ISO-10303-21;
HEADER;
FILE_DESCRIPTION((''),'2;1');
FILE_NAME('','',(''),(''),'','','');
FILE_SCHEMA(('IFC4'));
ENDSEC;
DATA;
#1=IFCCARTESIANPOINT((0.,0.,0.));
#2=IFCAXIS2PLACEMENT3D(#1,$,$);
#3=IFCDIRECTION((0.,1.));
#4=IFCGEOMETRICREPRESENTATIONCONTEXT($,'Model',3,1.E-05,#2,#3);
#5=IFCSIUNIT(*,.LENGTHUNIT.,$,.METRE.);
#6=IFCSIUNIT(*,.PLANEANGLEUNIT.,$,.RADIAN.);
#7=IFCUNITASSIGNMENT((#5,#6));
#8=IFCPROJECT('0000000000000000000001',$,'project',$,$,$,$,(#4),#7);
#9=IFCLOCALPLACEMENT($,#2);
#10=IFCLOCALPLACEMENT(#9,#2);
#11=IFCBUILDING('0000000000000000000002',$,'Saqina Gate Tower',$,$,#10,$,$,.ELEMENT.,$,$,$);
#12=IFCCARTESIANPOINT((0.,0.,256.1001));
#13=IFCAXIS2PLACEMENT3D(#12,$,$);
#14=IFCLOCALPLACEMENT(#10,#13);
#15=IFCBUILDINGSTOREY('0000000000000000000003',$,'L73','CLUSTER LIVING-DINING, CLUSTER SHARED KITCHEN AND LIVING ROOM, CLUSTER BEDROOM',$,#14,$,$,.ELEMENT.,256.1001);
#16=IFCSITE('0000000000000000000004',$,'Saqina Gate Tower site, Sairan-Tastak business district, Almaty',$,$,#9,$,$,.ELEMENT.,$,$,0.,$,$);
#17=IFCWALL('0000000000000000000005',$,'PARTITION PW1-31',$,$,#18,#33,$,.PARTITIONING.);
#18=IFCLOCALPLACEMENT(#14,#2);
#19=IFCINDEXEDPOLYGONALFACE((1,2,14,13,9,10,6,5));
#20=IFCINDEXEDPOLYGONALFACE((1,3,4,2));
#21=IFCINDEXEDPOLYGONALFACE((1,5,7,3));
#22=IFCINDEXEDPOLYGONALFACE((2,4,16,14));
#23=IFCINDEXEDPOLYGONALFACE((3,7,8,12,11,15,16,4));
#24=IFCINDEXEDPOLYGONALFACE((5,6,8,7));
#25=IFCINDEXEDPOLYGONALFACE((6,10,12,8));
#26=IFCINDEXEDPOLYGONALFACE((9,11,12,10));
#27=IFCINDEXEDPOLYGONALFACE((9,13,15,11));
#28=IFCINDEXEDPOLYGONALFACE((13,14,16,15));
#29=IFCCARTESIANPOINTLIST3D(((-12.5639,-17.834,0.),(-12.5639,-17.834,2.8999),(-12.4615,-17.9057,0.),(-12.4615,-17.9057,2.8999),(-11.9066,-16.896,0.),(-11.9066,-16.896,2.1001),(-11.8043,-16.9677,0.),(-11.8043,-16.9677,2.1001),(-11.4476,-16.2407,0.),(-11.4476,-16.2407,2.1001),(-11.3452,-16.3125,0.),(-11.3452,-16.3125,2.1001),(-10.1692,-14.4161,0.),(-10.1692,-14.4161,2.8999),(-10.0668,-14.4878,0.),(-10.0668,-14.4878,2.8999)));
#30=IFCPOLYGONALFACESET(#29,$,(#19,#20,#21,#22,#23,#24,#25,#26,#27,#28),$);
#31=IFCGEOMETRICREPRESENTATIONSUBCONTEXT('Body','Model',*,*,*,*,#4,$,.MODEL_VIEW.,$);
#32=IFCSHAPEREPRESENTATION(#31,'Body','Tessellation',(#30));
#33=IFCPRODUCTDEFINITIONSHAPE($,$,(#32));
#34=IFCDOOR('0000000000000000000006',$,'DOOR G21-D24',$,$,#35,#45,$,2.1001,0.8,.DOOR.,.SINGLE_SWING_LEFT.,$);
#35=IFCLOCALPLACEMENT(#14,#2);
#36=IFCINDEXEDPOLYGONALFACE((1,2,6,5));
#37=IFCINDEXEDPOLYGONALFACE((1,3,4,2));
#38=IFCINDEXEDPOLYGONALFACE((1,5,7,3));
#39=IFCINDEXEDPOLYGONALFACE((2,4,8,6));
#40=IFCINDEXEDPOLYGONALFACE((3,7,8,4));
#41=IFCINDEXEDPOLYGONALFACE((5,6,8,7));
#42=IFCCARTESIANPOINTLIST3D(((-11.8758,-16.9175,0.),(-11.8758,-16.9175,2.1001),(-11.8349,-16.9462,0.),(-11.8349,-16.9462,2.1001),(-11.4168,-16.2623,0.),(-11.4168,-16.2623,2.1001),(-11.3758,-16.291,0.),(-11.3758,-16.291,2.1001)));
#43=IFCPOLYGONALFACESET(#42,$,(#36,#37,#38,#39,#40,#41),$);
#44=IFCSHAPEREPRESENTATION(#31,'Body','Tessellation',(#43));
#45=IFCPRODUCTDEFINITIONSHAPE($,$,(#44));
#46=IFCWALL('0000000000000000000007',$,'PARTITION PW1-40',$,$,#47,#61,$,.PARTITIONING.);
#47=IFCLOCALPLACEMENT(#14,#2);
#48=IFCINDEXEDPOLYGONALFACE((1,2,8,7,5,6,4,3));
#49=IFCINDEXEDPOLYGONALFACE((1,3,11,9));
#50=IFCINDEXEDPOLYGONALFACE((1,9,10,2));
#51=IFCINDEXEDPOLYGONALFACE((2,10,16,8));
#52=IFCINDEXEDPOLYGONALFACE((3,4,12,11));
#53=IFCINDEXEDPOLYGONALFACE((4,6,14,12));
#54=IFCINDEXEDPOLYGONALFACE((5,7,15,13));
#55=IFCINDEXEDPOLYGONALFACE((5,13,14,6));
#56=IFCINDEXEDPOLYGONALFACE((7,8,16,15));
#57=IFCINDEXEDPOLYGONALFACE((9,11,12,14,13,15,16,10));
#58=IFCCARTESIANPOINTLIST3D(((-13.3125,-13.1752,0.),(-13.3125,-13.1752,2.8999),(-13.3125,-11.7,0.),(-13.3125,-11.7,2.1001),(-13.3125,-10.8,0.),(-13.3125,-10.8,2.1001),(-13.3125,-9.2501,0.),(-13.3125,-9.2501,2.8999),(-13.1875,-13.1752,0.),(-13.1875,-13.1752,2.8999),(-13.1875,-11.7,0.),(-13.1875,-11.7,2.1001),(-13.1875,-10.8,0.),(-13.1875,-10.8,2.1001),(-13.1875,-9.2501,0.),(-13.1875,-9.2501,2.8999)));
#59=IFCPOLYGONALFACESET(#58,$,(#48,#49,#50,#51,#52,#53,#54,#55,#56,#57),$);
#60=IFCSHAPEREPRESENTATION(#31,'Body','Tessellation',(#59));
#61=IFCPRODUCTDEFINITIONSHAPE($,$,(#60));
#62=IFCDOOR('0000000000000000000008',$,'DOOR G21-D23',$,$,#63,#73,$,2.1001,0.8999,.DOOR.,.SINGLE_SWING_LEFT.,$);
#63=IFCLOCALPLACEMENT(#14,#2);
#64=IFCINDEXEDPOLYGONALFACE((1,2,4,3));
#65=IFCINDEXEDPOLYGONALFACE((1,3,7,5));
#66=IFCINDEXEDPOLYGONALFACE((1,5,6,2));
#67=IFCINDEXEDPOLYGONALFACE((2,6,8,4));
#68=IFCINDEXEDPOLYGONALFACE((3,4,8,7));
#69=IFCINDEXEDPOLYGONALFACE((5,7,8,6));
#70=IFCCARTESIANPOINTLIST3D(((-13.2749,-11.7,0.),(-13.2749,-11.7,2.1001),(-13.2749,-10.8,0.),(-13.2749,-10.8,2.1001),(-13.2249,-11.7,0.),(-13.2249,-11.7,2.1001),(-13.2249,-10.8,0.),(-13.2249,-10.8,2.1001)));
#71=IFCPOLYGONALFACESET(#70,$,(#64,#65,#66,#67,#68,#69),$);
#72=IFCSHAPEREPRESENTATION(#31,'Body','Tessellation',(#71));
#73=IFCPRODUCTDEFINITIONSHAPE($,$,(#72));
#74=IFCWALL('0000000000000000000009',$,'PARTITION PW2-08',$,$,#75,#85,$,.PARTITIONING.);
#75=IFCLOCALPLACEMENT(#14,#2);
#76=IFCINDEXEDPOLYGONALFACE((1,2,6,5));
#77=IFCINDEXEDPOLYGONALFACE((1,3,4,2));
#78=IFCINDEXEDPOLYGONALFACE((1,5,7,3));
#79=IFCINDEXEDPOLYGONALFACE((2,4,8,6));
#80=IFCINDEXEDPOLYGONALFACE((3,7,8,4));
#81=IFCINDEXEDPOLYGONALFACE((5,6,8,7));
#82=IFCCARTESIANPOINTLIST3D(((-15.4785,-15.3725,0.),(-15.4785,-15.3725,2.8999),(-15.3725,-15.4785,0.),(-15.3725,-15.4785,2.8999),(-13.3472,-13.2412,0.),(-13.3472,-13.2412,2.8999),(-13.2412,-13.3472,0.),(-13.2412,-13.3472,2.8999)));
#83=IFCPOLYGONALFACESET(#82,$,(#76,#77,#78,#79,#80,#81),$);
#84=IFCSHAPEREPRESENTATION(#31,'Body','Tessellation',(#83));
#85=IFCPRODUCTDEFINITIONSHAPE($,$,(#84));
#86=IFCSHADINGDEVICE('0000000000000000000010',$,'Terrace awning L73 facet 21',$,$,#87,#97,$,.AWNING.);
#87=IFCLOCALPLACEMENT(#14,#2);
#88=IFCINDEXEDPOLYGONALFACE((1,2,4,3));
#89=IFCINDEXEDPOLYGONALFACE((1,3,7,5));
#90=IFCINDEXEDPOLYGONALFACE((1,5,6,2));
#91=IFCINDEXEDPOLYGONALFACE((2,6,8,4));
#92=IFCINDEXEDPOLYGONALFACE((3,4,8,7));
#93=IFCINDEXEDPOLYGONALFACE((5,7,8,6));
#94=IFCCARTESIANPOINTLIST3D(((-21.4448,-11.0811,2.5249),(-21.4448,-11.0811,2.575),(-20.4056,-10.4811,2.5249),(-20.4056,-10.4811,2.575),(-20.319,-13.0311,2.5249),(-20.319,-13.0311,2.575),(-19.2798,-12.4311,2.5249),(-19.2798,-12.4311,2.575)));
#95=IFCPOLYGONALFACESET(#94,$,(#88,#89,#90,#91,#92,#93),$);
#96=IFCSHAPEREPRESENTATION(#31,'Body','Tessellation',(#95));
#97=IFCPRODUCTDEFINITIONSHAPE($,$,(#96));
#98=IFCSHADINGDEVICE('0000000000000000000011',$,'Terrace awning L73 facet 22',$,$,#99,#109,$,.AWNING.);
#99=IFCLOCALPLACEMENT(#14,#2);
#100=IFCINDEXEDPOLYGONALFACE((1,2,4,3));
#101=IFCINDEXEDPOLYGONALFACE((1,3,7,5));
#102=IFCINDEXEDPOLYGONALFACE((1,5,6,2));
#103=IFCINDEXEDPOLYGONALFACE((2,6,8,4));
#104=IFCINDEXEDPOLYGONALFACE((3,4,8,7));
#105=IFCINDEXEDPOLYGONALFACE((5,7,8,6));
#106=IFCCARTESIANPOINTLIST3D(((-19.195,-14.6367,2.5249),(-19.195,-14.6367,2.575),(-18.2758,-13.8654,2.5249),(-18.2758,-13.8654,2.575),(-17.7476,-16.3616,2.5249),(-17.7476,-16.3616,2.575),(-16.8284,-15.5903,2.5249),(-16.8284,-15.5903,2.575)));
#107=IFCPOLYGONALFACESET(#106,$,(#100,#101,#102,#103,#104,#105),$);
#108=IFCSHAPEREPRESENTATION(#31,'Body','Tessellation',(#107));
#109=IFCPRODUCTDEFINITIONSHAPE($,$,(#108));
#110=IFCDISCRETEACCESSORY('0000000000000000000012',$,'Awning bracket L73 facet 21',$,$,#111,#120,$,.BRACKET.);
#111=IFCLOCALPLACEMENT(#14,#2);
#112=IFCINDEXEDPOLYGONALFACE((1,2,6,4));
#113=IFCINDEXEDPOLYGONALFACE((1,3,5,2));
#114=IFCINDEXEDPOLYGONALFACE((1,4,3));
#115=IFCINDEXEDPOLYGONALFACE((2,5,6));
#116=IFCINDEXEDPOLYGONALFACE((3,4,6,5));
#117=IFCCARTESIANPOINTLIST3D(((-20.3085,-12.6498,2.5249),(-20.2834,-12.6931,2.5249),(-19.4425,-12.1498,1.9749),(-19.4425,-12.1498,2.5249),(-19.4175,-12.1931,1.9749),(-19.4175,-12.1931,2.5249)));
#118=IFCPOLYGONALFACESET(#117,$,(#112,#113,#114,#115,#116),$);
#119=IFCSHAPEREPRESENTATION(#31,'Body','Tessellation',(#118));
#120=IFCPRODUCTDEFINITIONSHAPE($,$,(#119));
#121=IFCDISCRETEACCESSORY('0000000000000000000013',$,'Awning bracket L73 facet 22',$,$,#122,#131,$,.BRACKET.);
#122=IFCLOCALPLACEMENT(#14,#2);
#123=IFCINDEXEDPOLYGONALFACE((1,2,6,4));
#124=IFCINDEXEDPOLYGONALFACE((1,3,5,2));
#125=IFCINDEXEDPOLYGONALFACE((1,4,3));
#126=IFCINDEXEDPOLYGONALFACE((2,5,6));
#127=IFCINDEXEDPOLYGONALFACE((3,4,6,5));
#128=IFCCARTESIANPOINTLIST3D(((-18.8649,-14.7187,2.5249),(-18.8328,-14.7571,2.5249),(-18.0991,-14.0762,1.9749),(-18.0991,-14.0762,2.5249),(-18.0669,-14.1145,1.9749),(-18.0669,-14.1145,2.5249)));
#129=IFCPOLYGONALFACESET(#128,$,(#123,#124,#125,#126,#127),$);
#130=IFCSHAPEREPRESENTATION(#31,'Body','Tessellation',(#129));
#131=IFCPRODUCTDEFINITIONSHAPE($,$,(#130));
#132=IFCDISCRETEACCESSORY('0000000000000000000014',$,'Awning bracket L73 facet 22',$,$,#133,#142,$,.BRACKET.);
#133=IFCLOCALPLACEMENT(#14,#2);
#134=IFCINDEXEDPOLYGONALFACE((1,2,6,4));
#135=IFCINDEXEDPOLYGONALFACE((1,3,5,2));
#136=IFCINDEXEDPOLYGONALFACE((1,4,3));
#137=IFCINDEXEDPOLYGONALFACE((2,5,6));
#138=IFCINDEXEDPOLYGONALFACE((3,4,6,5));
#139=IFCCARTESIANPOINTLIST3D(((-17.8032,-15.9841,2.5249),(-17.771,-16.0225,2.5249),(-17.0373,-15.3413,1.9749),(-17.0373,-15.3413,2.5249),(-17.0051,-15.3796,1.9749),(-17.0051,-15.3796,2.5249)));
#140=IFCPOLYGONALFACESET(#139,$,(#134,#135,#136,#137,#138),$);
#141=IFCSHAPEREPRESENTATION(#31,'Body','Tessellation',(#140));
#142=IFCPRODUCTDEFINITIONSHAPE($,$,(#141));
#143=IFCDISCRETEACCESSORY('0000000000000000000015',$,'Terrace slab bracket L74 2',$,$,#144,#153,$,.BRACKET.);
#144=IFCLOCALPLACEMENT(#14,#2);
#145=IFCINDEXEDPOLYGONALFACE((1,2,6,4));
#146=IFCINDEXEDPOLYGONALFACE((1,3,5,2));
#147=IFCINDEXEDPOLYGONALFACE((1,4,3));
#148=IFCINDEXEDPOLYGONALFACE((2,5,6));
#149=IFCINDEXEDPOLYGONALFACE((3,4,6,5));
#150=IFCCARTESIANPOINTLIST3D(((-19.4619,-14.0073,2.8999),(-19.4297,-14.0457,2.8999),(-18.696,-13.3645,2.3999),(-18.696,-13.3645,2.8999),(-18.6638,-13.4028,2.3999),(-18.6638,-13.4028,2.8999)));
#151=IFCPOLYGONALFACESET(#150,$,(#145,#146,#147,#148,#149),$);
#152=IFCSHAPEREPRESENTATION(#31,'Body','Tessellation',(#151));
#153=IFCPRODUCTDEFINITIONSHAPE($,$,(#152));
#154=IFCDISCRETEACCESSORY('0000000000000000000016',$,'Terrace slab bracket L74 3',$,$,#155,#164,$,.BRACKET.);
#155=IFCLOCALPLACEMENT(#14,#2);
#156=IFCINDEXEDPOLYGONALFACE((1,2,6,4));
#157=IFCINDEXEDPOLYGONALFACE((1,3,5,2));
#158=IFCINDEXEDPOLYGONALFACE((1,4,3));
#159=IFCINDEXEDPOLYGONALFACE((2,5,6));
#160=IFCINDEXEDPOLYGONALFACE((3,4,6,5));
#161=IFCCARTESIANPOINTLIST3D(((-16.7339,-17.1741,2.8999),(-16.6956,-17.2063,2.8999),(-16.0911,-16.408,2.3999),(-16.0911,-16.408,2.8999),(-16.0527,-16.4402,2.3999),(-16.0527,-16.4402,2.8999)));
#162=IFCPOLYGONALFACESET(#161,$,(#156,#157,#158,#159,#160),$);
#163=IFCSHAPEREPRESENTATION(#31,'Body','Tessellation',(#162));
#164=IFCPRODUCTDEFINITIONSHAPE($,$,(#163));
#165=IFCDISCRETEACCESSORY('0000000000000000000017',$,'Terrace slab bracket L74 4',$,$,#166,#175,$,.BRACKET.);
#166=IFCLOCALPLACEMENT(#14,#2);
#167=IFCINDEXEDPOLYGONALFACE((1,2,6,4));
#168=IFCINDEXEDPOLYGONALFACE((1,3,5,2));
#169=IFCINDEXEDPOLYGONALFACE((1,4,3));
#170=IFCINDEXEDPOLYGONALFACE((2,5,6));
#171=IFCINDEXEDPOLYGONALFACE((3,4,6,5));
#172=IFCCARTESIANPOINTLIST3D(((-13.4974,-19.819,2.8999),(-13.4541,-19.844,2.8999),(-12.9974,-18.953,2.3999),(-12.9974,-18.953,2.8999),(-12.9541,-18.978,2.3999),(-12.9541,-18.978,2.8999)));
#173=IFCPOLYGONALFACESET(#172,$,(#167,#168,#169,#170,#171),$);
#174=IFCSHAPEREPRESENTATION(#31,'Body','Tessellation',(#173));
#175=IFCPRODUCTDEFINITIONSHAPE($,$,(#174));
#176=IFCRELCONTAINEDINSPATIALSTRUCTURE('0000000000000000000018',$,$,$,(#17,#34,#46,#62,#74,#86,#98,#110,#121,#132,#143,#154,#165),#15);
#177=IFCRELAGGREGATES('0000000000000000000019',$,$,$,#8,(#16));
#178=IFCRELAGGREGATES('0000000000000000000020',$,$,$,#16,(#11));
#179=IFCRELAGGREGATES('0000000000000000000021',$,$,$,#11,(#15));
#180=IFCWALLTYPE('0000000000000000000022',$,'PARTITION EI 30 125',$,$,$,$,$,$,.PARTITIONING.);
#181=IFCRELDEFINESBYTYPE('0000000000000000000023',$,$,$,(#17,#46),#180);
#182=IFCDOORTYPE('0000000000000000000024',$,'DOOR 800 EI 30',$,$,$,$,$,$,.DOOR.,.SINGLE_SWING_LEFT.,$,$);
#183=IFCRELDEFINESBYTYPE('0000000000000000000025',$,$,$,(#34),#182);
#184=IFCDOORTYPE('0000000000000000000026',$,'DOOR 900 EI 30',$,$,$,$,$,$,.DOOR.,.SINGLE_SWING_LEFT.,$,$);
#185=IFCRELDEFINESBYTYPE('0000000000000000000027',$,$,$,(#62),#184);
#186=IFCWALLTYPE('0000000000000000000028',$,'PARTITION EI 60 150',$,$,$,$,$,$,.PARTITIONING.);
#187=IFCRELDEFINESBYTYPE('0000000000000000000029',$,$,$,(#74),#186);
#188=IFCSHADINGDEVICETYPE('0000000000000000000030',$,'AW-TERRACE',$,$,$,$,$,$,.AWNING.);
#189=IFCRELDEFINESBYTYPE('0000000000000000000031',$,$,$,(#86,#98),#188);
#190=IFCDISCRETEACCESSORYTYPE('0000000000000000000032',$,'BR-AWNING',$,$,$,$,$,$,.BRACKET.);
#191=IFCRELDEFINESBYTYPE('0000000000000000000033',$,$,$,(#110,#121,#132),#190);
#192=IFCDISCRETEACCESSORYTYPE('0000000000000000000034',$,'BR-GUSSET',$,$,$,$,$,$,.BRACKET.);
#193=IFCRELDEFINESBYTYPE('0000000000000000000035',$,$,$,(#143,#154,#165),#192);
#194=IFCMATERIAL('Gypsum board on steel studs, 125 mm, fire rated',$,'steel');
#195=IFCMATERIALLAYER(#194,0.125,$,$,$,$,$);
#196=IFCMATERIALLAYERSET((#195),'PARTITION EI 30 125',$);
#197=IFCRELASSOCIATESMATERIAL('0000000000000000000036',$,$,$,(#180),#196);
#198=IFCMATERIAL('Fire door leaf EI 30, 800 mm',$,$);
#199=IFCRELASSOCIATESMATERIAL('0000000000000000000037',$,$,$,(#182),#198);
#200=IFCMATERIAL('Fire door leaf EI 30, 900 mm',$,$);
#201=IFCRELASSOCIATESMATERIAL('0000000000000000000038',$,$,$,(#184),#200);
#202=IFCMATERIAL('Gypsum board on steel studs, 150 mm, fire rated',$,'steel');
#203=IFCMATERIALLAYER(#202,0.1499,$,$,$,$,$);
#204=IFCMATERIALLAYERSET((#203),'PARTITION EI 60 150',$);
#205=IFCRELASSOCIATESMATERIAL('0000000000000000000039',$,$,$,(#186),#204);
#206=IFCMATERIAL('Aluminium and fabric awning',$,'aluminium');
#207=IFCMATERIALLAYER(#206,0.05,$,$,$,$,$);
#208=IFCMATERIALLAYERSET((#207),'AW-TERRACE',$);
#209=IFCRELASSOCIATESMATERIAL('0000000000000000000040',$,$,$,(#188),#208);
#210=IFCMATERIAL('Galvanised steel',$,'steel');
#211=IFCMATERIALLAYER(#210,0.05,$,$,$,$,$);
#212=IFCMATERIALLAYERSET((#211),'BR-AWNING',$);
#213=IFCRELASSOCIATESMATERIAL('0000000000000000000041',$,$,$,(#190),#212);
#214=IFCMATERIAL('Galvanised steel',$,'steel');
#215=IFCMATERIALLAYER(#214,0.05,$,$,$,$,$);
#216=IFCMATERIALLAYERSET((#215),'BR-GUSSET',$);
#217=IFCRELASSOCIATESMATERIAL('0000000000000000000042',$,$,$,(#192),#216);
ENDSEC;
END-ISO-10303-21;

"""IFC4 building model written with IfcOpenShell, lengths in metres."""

from ifc_helpers import new_model, si_unit, direction, frame, frame_2d, origin, origin_2d, place, context, subcontext, project, spatial, polyline, rectangle, outline, extrude, material, layer, layer_set, type_object, element, fill, save


model = new_model("IFC4")

# Units and contexts
model_context = context("Model", 3, precision=1e-05, world=origin(), true_north=direction((0.0, 1.0)))
body_context = subcontext(model_context, "Body", "Model", "MODEL_VIEW")
ifc_project = project(units=[si_unit("LENGTHUNIT", "METRE"), si_unit("PLANEANGLEUNIT", "RADIAN")], contexts=[model_context])

# Site, building, storey
site_placement = place(None, origin())
site = spatial("IfcSite", under=ifc_project, at=site_placement, Name="Saqina Gate Tower site, Sairan-Tastak business district, Almaty", CompositionType="ELEMENT", RefElevation=0.0)
building_placement = place(site_placement, origin())
building = spatial("IfcBuilding", under=site, at=building_placement, Name="Saqina Gate Tower", CompositionType="ELEMENT")
storey_placement = place(building_placement, frame((0.0, 0.0, 256.1001)))
storey = spatial("IfcBuildingStorey", under=building, at=storey_placement, Name="L73", Description="CLUSTER LIVING-DINING, CLUSTER SHARED KITCHEN AND LIVING ROOM, CLUSTER BEDROOM", CompositionType="ELEMENT", Elevation=256.1001)

# Shared definitions
ifc_material_1 = material(Name="Gypsum board on steel studs, 125 mm, fire rated", Category="steel")
ifc_layer_1 = layer(ifc_material_1, 0.125)
ifc_layer_set_1 = layer_set([ifc_layer_1], Name="PARTITION EI 30 125")
wall_type_1 = type_object("IfcWallType", Name="PARTITION EI 30 125", PredefinedType="PARTITIONING", material=ifc_layer_set_1)

# Walls, openings, doors
wall_1_placement = place(storey_placement, frame((-12.5127, -17.8699, 0.0), z_axis=(0.0, 0.0, 1.0), x_axis=(0.573816, 0.818985, 0.0)))
wall_1 = element("IfcWall", 1, at=wall_1_placement, inside=storey, type_object=wall_type_1, Name="PARTITION PW1-31", PredefinedType="PARTITIONING", context=body_context, shape_type="SweptSolid", body=[
    extrude(rectangle(XDim=4.1733, YDim=0.125, at=frame_2d((2.0867, 0.0))), origin(), (0.0, 0.0, 1.0), 2.8999),
])
opening_1_placement = place(wall_1_placement, frame((1.1455, 0.0, 0.0)))
opening_1 = element("IfcOpeningElement", 2, at=opening_1_placement, cuts=wall_1, PredefinedType="OPENING", context=body_context, shape_type="SweptSolid", body=[
    extrude(rectangle(XDim=0.8, YDim=2.1001, at=frame_2d((0.3999, 1.05))), frame((0.0, 0.0745, 0.0), z_axis=(0.0, -1.0, 0.0), x_axis=(1.0, 0.0, 0.0)), (0.0, 0.0, 1.0), 0.1489),
])
ifc_material_2 = material(Name="Fire door leaf EI 30, 800 mm")
door_type_1 = type_object("IfcDoorType", Name="DOOR 800 EI 30", OperationType="SINGLE_SWING_LEFT", PredefinedType="DOOR", material=ifc_material_2)
door_1_placement = place(opening_1_placement, origin())
door_1 = element("IfcDoor", 3, at=door_1_placement, inside=storey, type_object=door_type_1, Name="DOOR G21-D24", OperationType="SINGLE_SWING_LEFT", OverallHeight=2.1001, OverallWidth=0.8, PredefinedType="DOOR", context=body_context, shape_type="SweptSolid", body=[
    extrude(rectangle(XDim=0.8, YDim=2.1001, at=frame_2d((0.3999, 1.05))), frame((0.0, 0.0249, 0.0), z_axis=(0.0, -1.0, 0.0), x_axis=(1.0, 0.0, 0.0)), (0.0, 0.0, 1.0), 0.05),
])
fill(opening_1, door_1)
wall_2_placement = place(storey_placement, frame((-13.25, -13.175, 0.0), z_axis=(0.0, 0.0, 1.0), x_axis=(0.0, 1.0, 0.0)))
wall_2 = element("IfcWall", 4, at=wall_2_placement, inside=storey, type_object=wall_type_1, Name="PARTITION PW1-40", PredefinedType="PARTITIONING", context=body_context, shape_type="SweptSolid", body=[
    extrude(rectangle(XDim=3.925, YDim=0.125, at=frame_2d((1.9624, 0.0))), origin(), (0.0, 0.0, 1.0), 2.8999),
])
opening_2_placement = place(wall_2_placement, frame((1.4751, 0.0, 0.0)))
opening_2 = element("IfcOpeningElement", 5, at=opening_2_placement, cuts=wall_2, PredefinedType="OPENING", context=body_context, shape_type="SweptSolid", body=[
    extrude(rectangle(XDim=0.8999, YDim=2.1001, at=frame_2d((0.45, 1.05))), frame((0.0, 0.0745, 0.0), z_axis=(0.0, -1.0, 0.0), x_axis=(1.0, 0.0, 0.0)), (0.0, 0.0, 1.0), 0.1489),
])
ifc_material_3 = material(Name="Fire door leaf EI 30, 900 mm")
door_type_2 = type_object("IfcDoorType", Name="DOOR 900 EI 30", OperationType="SINGLE_SWING_LEFT", PredefinedType="DOOR", material=ifc_material_3)
door_2_placement = place(opening_2_placement, origin())
door_2 = element("IfcDoor", 6, at=door_2_placement, inside=storey, type_object=door_type_2, Name="DOOR G21-D23", OperationType="SINGLE_SWING_LEFT", OverallHeight=2.1001, OverallWidth=0.8999, PredefinedType="DOOR", context=body_context, shape_type="SweptSolid", body=[
    extrude(rectangle(XDim=0.8999, YDim=2.1001, at=frame_2d((0.45, 1.05))), frame((0.0, 0.0249, 0.0), z_axis=(0.0, -1.0, 0.0), x_axis=(1.0, 0.0, 0.0)), (0.0, 0.0, 1.0), 0.05),
])
fill(opening_2, door_2)

# Wall
ifc_material_4 = material(Name="Gypsum board on steel studs, 150 mm, fire rated", Category="steel")
ifc_layer_2 = layer(ifc_material_4, 0.1499)
ifc_layer_set_2 = layer_set([ifc_layer_2], Name="PARTITION EI 60 150")
wall_type_2 = type_object("IfcWallType", Name="PARTITION EI 60 150", PredefinedType="PARTITIONING", material=ifc_layer_set_2)
wall_3_placement = place(storey_placement, frame((-15.4255, -15.4255, 0.0), z_axis=(0.0, 0.0, 1.0), x_axis=(0.707107, 0.707107, 0.0)))
element("IfcWall", 7, at=wall_3_placement, inside=storey, type_object=wall_type_2, Name="PARTITION PW2-08", PredefinedType="PARTITIONING", context=body_context, shape_type="SweptSolid", body=[
    extrude(rectangle(XDim=3.0142, YDim=0.1499, at=frame_2d((1.5071, 0.0))), origin(), (0.0, 0.0, 1.0), 2.8999),
])

# Shading devices
ifc_material_5 = material(Name="Aluminium and fabric awning", Category="aluminium")
ifc_layer_3 = layer(ifc_material_5, 0.05)
ifc_layer_set_3 = layer_set([ifc_layer_3], Name="AW-TERRACE")
shading_device_type = type_object("IfcShadingDeviceType", Name="AW-TERRACE", PredefinedType="AWNING", material=ifc_layer_set_3)
for number, where, z_axis, x_axis, name in (
    (8, (-20.3623, -11.7561, 2.5249), (0.0, 0.0, 1.0), (0.5, -0.866025, 0.0), "Terrace awning L73 facet 21"),
    (9, (-18.0117, -15.1135, 2.5249), (0.0, 0.0, 1.0), (0.642788, -0.766044, 0.0), "Terrace awning L73 facet 22"),
):
    element("IfcShadingDevice", number, at=place(storey_placement, frame(where, z_axis=z_axis, x_axis=x_axis)), inside=storey, type_object=shading_device_type, Name=name, PredefinedType="AWNING", context=body_context, shape_type="SweptSolid", body=[
        extrude(rectangle(XDim=2.2517, YDim=1.2, at=origin_2d()), origin(), (0.0, 0.0, 1.0), 0.05),
    ])

# Discrete accessories
ifc_material_6 = material(Name="Galvanised steel", Category="steel")
ifc_layer_4 = layer(ifc_material_6, 0.05)
ifc_layer_set_4 = layer_set([ifc_layer_4], Name="BR-AWNING")
discrete_accessory_type_1 = type_object("IfcDiscreteAccessoryType", Name="BR-AWNING", PredefinedType="BRACKET", material=ifc_layer_set_4)
discrete_accessory_1_placement = place(storey_placement, frame((-19.4175, -12.1931, 1.9749), z_axis=(0.500025, -0.866011, 0.0), x_axis=(0.0, 0.0, 1.0)))
element("IfcDiscreteAccessory", 10, at=discrete_accessory_1_placement, inside=storey, type_object=discrete_accessory_type_1, Name="Awning bracket L73 facet 21", PredefinedType="BRACKET", context=body_context, shape_type="SweptSolid", body=[
    extrude(outline(polyline([(0.0, 0.0), (0.55, 0.0), (0.55, 0.9999), (0.0, 0.0)])), origin(), (0.0, 0.0, -1.0), 0.05),
])
discrete_accessory_2_placement = place(storey_placement, frame((-18.0669, -14.1145, 1.9749), z_axis=(0.642751, -0.766075, 0.0), x_axis=(0.0, 0.0, 1.0)))
element("IfcDiscreteAccessory", 11, at=discrete_accessory_2_placement, inside=storey, type_object=discrete_accessory_type_1, Name="Awning bracket L73 facet 22", PredefinedType="BRACKET", context=body_context, shape_type="SweptSolid", body=[
    extrude(outline(polyline([(0.0, 0.0), (0.55, 0.0), (0.55, 0.9997), (0.0, 0.0)])), origin(), (0.0, 0.0, -1.0), 0.05),
])
discrete_accessory_3_placement = place(storey_placement, frame((-17.0051, -15.3796, 1.9749), z_axis=(0.642894, -0.765955, 0.0), x_axis=(0.0, 0.0, 1.0)))
element("IfcDiscreteAccessory", 12, at=discrete_accessory_3_placement, inside=storey, type_object=discrete_accessory_type_1, Name="Awning bracket L73 facet 22", PredefinedType="BRACKET", context=body_context, shape_type="SweptSolid", body=[
    extrude(outline(polyline([(0.0, 0.0), (0.55, 0.0), (0.55, 0.9999), (0.0, 0.0)])), origin(), (0.0, 0.0, -1.0), 0.05),
])
ifc_material_7 = material(Name="Galvanised steel", Category="steel")
ifc_layer_5 = layer(ifc_material_7, 0.05)
ifc_layer_set_5 = layer_set([ifc_layer_5], Name="BR-GUSSET")
discrete_accessory_type_2 = type_object("IfcDiscreteAccessoryType", Name="BR-GUSSET", PredefinedType="BRACKET", material=ifc_layer_set_5)
discrete_accessory_4_placement = place(storey_placement, frame((-18.6638, -13.4028, 2.3999), z_axis=(0.642894, -0.765955, 0.0), x_axis=(0.0, 0.0, 1.0)))
element("IfcDiscreteAccessory", 13, at=discrete_accessory_4_placement, inside=storey, type_object=discrete_accessory_type_2, Name="Terrace slab bracket L74 2", PredefinedType="BRACKET", context=body_context, shape_type="SweptSolid", body=[
    extrude(outline(polyline([(0.0, 0.0), (0.5, 0.0), (0.5, 0.9999), (0.0, 0.0)])), origin(), (0.0, 0.0, -1.0), 0.05),
])
discrete_accessory_5_placement = place(storey_placement, frame((-16.0527, -16.4402, 2.3999), z_axis=(0.766056, -0.642774, 0.0), x_axis=(0.0, 0.0, 1.0)))
element("IfcDiscreteAccessory", 14, at=discrete_accessory_5_placement, inside=storey, type_object=discrete_accessory_type_2, Name="Terrace slab bracket L74 3", PredefinedType="BRACKET", context=body_context, shape_type="SweptSolid", body=[
    extrude(outline(polyline([(0.0, 0.0), (0.5, 0.0), (0.5, 1.0001), (0.0, 0.0)])), origin(), (0.0, 0.0, -1.0), 0.05),
])
discrete_accessory_6_placement = place(storey_placement, frame((-12.9541, -18.978, 2.3999), z_axis=(0.866011, -0.500025, 0.0), x_axis=(0.0, 0.0, 1.0)))
element("IfcDiscreteAccessory", 15, at=discrete_accessory_6_placement, inside=storey, type_object=discrete_accessory_type_2, Name="Terrace slab bracket L74 4", PredefinedType="BRACKET", context=body_context, shape_type="SweptSolid", body=[
    extrude(outline(polyline([(0.0, 0.0), (0.5, 0.0), (0.5, 0.9999), (0.0, 0.0)])), origin(), (0.0, 0.0, -1.0), 0.05),
])

save(model, "model.ifc")
